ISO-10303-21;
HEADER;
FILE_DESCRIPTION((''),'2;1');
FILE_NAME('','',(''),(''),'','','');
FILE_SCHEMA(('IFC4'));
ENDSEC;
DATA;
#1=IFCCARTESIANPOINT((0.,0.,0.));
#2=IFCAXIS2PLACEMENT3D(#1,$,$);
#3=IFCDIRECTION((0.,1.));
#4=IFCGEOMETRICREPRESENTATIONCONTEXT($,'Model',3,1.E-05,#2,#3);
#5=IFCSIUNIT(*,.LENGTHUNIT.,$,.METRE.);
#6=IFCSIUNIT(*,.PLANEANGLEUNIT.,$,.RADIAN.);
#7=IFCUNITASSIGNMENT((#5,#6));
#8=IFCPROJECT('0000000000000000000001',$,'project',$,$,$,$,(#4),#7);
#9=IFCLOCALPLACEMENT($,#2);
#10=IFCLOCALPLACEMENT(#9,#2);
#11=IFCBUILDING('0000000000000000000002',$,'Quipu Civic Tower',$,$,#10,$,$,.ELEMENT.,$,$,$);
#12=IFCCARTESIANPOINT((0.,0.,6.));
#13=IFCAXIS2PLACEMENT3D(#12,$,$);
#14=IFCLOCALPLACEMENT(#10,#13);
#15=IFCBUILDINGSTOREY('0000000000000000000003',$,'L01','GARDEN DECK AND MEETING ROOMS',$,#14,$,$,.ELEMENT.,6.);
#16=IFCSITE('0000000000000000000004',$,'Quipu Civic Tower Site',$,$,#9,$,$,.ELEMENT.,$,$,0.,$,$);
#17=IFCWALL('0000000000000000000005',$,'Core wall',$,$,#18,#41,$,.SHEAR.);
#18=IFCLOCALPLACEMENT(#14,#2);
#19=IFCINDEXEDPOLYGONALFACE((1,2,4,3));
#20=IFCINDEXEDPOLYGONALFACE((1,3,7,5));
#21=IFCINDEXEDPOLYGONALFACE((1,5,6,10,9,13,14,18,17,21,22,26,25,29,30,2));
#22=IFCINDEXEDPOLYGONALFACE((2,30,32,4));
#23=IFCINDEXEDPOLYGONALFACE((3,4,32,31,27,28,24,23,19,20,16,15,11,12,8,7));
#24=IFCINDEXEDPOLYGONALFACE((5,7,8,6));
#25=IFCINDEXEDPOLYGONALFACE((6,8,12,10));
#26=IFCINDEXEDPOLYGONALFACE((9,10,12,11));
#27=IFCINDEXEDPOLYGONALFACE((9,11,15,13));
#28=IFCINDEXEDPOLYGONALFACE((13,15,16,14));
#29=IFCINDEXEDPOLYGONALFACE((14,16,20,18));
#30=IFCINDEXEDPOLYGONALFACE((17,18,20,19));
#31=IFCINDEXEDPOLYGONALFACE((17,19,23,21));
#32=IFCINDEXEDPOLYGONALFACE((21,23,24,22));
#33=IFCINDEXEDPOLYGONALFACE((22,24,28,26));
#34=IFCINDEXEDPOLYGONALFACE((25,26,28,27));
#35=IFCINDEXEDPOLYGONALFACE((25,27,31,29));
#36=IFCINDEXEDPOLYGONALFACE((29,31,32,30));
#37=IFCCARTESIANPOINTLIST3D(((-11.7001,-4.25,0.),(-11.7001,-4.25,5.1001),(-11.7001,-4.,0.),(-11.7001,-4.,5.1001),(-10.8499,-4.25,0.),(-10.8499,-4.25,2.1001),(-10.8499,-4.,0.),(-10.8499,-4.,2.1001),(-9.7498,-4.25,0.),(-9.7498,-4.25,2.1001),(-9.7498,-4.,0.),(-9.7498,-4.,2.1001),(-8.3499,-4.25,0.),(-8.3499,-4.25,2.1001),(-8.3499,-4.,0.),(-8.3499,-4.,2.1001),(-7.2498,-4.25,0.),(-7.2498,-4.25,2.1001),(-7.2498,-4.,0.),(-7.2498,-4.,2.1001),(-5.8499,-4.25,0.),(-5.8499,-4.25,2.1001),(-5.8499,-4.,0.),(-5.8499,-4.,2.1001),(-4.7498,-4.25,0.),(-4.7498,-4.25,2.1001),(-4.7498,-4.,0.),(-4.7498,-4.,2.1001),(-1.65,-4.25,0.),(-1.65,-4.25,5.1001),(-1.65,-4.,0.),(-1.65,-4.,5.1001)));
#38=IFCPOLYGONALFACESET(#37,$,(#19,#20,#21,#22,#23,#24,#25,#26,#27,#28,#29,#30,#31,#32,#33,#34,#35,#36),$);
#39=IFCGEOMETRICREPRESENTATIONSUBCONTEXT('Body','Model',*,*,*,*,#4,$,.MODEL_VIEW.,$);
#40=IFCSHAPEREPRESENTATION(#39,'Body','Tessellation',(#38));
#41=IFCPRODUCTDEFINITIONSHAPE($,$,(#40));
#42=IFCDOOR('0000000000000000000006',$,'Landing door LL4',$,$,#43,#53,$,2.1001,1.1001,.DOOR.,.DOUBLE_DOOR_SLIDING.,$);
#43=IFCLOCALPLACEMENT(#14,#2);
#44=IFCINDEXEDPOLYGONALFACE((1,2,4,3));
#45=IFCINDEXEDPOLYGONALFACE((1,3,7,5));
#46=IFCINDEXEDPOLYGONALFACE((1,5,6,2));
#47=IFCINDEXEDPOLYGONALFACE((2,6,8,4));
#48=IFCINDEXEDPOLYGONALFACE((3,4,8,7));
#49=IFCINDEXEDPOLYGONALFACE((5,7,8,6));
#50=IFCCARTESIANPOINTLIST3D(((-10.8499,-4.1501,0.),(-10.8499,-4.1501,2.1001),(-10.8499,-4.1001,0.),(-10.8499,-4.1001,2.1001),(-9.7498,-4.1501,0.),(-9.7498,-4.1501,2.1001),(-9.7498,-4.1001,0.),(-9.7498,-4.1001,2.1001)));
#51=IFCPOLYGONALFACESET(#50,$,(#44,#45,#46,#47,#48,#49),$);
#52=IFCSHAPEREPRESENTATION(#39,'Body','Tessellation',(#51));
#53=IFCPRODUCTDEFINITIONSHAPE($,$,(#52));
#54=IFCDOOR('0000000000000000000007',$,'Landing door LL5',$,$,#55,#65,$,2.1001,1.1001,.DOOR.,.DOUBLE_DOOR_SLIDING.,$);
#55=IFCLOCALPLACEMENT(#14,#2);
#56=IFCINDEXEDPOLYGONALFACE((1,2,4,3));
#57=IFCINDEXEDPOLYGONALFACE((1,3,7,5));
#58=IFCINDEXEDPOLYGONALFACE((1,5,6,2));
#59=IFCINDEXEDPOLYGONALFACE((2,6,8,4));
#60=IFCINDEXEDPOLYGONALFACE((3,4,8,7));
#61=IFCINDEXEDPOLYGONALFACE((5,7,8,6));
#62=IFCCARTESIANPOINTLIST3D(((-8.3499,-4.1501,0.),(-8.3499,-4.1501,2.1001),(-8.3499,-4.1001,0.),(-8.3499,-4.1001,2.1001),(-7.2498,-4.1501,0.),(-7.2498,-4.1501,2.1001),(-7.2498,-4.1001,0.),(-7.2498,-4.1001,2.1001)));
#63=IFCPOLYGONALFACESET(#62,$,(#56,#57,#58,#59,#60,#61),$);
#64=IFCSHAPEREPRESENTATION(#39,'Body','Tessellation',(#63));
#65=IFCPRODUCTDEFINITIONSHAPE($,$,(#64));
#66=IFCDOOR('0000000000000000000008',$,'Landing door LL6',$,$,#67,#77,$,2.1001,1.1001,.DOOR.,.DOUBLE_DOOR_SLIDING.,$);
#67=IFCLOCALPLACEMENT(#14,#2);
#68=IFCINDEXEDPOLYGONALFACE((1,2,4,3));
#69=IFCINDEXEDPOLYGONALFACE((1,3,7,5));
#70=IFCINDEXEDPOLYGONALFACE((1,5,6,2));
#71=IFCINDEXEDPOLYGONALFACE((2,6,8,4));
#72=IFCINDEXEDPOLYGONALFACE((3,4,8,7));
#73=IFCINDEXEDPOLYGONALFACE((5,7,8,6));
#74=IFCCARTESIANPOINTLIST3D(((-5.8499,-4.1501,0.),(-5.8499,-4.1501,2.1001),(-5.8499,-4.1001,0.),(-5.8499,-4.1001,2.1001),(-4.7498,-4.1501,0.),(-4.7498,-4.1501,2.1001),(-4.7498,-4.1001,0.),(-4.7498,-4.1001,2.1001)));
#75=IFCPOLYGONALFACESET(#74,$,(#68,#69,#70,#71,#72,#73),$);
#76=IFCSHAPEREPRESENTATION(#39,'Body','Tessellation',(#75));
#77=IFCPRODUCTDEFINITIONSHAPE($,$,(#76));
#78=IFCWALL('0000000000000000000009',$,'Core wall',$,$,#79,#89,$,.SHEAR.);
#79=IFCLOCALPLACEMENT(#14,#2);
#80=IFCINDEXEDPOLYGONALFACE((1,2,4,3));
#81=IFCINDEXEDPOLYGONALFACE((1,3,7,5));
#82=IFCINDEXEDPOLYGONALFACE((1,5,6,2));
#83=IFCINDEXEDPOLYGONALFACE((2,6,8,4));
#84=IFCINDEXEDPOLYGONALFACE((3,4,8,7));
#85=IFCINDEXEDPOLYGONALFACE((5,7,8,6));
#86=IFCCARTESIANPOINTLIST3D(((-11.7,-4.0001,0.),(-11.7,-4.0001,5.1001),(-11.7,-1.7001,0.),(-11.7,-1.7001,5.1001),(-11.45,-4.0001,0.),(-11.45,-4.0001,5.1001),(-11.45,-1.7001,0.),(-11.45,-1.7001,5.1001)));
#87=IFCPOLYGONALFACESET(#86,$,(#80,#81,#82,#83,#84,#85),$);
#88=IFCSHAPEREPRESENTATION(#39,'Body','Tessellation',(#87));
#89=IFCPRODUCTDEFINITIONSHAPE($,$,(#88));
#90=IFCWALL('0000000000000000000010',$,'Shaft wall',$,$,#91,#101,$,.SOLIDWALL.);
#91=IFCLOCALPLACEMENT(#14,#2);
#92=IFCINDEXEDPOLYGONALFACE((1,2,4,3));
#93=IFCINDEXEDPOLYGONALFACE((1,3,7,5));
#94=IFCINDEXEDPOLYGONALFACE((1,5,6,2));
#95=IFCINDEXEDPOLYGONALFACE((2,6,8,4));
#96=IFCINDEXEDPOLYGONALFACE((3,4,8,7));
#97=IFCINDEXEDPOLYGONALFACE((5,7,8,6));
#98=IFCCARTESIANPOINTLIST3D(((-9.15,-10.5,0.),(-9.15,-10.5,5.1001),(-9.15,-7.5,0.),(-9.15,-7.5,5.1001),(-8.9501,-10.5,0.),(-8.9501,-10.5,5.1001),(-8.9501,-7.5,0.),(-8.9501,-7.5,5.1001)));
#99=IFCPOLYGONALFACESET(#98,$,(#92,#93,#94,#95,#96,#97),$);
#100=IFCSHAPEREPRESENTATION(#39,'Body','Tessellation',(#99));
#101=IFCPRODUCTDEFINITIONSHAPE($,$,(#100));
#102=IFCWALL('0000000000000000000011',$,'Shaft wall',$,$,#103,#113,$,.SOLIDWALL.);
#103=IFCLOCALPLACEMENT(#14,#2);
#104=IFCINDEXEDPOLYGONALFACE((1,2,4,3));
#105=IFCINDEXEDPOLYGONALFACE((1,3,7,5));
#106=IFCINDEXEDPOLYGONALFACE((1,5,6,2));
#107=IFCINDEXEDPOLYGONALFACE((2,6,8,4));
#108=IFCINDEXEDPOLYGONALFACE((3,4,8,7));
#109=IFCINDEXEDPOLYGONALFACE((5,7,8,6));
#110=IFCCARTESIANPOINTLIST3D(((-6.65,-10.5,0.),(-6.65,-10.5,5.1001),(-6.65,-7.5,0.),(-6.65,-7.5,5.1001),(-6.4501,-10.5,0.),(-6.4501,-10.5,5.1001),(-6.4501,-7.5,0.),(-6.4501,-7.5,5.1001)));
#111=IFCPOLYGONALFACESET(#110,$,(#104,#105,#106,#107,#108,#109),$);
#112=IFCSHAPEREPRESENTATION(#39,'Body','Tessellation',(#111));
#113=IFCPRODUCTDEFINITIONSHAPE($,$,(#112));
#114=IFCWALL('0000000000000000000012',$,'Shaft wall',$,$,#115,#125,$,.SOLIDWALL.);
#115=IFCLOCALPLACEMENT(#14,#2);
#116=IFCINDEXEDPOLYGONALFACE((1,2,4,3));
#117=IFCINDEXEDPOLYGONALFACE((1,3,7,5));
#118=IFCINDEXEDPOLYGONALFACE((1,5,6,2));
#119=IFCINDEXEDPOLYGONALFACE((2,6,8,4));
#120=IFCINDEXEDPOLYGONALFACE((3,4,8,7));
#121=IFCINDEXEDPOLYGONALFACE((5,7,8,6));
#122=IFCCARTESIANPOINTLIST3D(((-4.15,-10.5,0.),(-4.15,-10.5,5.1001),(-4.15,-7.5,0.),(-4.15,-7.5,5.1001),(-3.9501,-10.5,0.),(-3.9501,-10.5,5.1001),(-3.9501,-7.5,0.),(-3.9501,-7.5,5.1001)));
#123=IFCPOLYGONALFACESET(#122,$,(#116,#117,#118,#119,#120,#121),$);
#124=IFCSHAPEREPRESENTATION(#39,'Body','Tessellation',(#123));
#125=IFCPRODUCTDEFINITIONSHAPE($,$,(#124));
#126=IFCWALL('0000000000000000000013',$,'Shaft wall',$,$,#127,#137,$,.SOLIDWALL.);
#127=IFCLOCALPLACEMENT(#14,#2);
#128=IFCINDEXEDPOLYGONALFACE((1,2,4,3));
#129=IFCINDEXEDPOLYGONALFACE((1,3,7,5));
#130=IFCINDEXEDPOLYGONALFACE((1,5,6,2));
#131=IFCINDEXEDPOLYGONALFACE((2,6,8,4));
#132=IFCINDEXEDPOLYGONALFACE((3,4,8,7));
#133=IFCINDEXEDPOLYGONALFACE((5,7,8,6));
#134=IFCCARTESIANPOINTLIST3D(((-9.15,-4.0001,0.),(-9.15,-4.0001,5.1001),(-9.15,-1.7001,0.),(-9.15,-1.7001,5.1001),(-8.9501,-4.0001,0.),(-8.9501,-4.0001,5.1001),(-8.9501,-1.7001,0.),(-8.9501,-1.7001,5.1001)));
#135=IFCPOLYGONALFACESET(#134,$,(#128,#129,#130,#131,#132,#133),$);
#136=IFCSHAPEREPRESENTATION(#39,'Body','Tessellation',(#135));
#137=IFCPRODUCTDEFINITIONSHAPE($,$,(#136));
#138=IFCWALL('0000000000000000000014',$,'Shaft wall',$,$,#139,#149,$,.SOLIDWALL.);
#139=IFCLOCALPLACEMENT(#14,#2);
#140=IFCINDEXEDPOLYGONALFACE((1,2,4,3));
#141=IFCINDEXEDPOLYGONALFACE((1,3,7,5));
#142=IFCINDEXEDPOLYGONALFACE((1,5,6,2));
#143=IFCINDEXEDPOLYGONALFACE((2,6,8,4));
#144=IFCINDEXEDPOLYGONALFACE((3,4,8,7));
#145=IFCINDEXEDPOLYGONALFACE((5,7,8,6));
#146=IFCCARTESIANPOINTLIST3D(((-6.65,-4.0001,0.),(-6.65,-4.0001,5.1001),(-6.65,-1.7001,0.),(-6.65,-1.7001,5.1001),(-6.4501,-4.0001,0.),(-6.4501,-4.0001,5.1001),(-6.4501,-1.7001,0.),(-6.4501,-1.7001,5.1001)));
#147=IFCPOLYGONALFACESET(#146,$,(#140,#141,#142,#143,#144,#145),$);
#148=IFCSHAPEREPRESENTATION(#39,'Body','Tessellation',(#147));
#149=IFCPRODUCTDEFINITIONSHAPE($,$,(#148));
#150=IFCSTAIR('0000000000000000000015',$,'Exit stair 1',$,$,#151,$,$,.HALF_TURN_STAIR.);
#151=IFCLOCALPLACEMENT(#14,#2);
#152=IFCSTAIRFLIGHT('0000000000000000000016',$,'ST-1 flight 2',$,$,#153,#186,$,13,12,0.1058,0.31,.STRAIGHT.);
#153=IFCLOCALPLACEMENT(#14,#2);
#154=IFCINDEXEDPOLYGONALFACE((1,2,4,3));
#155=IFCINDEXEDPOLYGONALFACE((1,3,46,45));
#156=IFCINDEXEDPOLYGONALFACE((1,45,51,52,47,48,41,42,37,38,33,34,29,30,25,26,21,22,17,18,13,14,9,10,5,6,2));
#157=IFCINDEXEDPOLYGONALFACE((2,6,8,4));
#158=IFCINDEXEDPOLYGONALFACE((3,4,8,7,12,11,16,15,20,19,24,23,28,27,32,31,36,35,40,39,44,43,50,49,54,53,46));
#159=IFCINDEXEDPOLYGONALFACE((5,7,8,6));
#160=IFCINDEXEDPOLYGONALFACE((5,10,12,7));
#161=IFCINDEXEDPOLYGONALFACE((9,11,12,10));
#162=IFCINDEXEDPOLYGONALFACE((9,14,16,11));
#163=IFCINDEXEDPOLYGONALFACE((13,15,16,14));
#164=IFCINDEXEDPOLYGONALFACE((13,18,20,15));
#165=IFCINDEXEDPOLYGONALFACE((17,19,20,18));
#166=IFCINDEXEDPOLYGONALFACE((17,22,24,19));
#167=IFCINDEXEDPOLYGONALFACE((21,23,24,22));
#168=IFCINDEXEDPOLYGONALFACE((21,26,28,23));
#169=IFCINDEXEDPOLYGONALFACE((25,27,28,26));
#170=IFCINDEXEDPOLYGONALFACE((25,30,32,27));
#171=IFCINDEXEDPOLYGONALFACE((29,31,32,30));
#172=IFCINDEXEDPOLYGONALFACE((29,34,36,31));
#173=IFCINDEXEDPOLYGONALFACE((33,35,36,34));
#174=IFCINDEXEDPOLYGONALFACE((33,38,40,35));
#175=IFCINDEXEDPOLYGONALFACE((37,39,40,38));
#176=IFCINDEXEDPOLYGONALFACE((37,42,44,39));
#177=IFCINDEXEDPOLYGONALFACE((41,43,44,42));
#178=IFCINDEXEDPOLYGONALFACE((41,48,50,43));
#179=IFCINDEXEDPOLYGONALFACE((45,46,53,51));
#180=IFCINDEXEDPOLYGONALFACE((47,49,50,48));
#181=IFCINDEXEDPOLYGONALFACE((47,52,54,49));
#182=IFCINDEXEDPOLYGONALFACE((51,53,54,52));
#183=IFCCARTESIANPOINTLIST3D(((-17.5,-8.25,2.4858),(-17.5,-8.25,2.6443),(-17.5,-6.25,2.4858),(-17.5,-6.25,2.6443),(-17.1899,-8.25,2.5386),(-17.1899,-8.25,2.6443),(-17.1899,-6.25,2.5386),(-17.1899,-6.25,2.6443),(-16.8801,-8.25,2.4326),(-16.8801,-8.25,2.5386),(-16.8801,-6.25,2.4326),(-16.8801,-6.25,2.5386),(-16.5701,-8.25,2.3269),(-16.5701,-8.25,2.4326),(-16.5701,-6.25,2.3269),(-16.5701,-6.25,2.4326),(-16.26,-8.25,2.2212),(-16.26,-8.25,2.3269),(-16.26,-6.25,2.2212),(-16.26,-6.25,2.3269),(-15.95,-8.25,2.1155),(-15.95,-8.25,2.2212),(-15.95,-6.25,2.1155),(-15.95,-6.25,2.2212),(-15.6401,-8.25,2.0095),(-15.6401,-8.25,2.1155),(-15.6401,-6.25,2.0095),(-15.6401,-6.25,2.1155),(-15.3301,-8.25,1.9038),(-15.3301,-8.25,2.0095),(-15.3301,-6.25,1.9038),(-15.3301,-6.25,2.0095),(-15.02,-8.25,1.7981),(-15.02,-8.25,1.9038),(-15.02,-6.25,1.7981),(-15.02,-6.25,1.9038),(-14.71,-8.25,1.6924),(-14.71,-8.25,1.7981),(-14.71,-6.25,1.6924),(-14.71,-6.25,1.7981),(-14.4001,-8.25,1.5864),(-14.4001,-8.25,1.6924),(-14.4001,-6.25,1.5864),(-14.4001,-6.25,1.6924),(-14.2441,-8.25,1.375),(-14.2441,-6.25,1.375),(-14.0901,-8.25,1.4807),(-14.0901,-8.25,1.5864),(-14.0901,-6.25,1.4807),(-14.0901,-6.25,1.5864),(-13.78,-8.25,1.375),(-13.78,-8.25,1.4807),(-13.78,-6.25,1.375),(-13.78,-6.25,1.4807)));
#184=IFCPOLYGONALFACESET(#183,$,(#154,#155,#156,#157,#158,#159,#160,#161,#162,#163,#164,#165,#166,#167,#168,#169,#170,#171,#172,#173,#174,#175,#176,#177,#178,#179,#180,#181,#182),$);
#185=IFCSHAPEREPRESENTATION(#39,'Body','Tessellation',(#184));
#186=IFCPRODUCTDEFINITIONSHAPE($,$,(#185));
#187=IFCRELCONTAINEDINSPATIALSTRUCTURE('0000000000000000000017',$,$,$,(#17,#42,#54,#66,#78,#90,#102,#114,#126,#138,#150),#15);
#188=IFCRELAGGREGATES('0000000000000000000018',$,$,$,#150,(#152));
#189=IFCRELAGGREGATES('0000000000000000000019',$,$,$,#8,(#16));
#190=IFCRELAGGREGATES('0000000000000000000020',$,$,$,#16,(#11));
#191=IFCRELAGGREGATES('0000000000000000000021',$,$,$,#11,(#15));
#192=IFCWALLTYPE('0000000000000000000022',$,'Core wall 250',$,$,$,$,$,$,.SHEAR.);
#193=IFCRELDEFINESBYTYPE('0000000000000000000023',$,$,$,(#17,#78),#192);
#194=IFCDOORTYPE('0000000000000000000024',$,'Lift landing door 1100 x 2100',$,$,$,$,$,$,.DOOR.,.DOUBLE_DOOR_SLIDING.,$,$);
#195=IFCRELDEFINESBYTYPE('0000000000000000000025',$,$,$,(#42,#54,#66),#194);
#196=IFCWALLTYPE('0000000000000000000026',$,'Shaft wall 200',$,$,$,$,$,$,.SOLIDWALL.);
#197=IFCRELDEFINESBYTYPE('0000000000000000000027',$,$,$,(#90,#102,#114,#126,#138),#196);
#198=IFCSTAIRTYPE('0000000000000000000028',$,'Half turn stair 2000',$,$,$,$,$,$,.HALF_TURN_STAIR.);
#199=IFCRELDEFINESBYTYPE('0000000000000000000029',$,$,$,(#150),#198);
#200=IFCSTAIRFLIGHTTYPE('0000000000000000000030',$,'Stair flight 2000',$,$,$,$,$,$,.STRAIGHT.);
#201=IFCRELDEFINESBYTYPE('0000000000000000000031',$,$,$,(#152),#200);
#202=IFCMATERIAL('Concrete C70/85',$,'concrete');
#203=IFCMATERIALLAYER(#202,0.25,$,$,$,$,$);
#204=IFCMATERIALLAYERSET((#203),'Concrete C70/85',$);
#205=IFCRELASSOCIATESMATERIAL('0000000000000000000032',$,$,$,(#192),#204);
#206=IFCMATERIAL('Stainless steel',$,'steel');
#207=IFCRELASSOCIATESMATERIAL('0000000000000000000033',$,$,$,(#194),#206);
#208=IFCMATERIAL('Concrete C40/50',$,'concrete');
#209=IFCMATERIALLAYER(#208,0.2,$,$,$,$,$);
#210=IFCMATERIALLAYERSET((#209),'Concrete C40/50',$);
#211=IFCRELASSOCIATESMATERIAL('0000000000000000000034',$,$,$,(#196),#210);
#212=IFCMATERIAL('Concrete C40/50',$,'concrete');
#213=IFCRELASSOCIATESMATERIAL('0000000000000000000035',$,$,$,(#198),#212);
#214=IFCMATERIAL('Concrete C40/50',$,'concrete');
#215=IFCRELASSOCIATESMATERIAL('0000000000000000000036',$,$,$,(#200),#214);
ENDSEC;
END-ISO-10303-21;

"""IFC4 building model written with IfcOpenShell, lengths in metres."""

from ifc_helpers import new_model, si_unit, direction, frame, frame_2d, origin, place, context, subcontext, project, spatial, polyline, rectangle, outline, extrude, material, layer, layer_set, type_object, element, fill, aggregate, save


model = new_model("IFC4")

# Units and contexts
model_context = context("Model", 3, precision=1e-05, world=origin(), true_north=direction((0.0, 1.0)))
body_context = subcontext(model_context, "Body", "Model", "MODEL_VIEW")
ifc_project = project(units=[si_unit("LENGTHUNIT", "METRE"), si_unit("PLANEANGLEUNIT", "RADIAN")], contexts=[model_context])

# Site, building, storey
site_placement = place(None, origin())
site = spatial("IfcSite", under=ifc_project, at=site_placement, Name="Quipu Civic Tower Site", CompositionType="ELEMENT", RefElevation=0.0)
building_placement = place(site_placement, origin())
building = spatial("IfcBuilding", under=site, at=building_placement, Name="Quipu Civic Tower", CompositionType="ELEMENT")
storey_placement = place(building_placement, frame((0.0, 0.0, 6.0)))
storey = spatial("IfcBuildingStorey", under=building, at=storey_placement, Name="L01", Description="GARDEN DECK AND MEETING ROOMS", CompositionType="ELEMENT", Elevation=6.0)

# Shared definitions
ifc_material_1 = material(Name="Concrete C70/85", Category="concrete")
ifc_layer_1 = layer(ifc_material_1, 0.25)
ifc_layer_set_1 = layer_set([ifc_layer_1], Name="Concrete C70/85")
wall_type_1 = type_object("IfcWallType", Name="Core wall 250", PredefinedType="SHEAR", material=ifc_layer_set_1)

# Wall, openings, doors
wall_1_placement = place(storey_placement, frame((-11.7, -4.125, 0.0), z_axis=(0.0, 0.0, 1.0), x_axis=(1.0, 0.0, 0.0)))
wall_1 = element("IfcWall", 1, at=wall_1_placement, inside=storey, type_object=wall_type_1, Name="Core wall", PredefinedType="SHEAR", context=body_context, shape_type="SweptSolid", body=[
    extrude(rectangle(XDim=10.05, YDim=0.25, at=frame_2d((5.0249, 0.0))), origin(), (0.0, 0.0, 1.0), 5.1001),
])
opening_1_placement = place(wall_1_placement, frame((0.8501, 0.0, 0.0)))
opening_1 = element("IfcOpeningElement", 2, at=opening_1_placement, cuts=wall_1, PredefinedType="OPENING", context=body_context, shape_type="SweptSolid", body=[
    extrude(rectangle(XDim=1.1001, YDim=2.1001, at=frame_2d((0.55, 1.05))), frame((0.0, 0.135, 0.0), z_axis=(0.0, -1.0, 0.0), x_axis=(1.0, 0.0, 0.0)), (0.0, 0.0, 1.0), 0.27),
])
opening_2_placement = place(wall_1_placement, frame((3.3501, 0.0, 0.0)))
opening_2 = element("IfcOpeningElement", 3, at=opening_2_placement, cuts=wall_1, PredefinedType="OPENING", context=body_context, shape_type="SweptSolid", body=[
    extrude(rectangle(XDim=1.1001, YDim=2.1001, at=frame_2d((0.55, 1.05))), frame((0.0, 0.135, 0.0), z_axis=(0.0, -1.0, 0.0), x_axis=(1.0, 0.0, 0.0)), (0.0, 0.0, 1.0), 0.27),
])
opening_3_placement = place(wall_1_placement, frame((5.8501, 0.0, 0.0)))
opening_3 = element("IfcOpeningElement", 4, at=opening_3_placement, cuts=wall_1, PredefinedType="OPENING", context=body_context, shape_type="SweptSolid", body=[
    extrude(rectangle(XDim=1.1001, YDim=2.1001, at=frame_2d((0.55, 1.05))), frame((0.0, 0.135, 0.0), z_axis=(0.0, -1.0, 0.0), x_axis=(1.0, 0.0, 0.0)), (0.0, 0.0, 1.0), 0.27),
])
ifc_material_2 = material(Name="Stainless steel", Category="steel")
door_type_1 = type_object("IfcDoorType", Name="Lift landing door 1100 x 2100", OperationType="DOUBLE_DOOR_SLIDING", PredefinedType="DOOR", material=ifc_material_2)
door_1_placement = place(opening_1_placement, origin())
door_1 = element("IfcDoor", 5, at=door_1_placement, inside=storey, type_object=door_type_1, Name="Landing door LL4", OperationType="DOUBLE_DOOR_SLIDING", OverallHeight=2.1001, OverallWidth=1.1001, PredefinedType="DOOR", context=body_context, shape_type="SweptSolid", body=[
    extrude(rectangle(XDim=1.1001, YDim=2.1001, at=frame_2d((0.55, 1.05))), frame((0.0, 0.0249, 0.0), z_axis=(0.0, -1.0, 0.0), x_axis=(1.0, 0.0, 0.0)), (0.0, 0.0, 1.0), 0.05),
])
fill(opening_1, door_1)
door_2_placement = place(opening_2_placement, origin())
door_2 = element("IfcDoor", 6, at=door_2_placement, inside=storey, type_object=door_type_1, Name="Landing door LL5", OperationType="DOUBLE_DOOR_SLIDING", OverallHeight=2.1001, OverallWidth=1.1001, PredefinedType="DOOR", context=body_context, shape_type="SweptSolid", body=[
    extrude(rectangle(XDim=1.1001, YDim=2.1001, at=frame_2d((0.55, 1.05))), frame((0.0, 0.0249, 0.0), z_axis=(0.0, -1.0, 0.0), x_axis=(1.0, 0.0, 0.0)), (0.0, 0.0, 1.0), 0.05),
])
fill(opening_2, door_2)
door_3_placement = place(opening_3_placement, origin())
door_3 = element("IfcDoor", 7, at=door_3_placement, inside=storey, type_object=door_type_1, Name="Landing door LL6", OperationType="DOUBLE_DOOR_SLIDING", OverallHeight=2.1001, OverallWidth=1.1001, PredefinedType="DOOR", context=body_context, shape_type="SweptSolid", body=[
    extrude(rectangle(XDim=1.1001, YDim=2.1001, at=frame_2d((0.55, 1.05))), frame((0.0, 0.0249, 0.0), z_axis=(0.0, -1.0, 0.0), x_axis=(1.0, 0.0, 0.0)), (0.0, 0.0, 1.0), 0.05),
])
fill(opening_3, door_3)

# Walls
wall_2_placement = place(storey_placement, frame((-11.575, -4.0, 0.0), z_axis=(0.0, 0.0, 1.0), x_axis=(0.0, 1.0, 0.0)))
element("IfcWall", 8, at=wall_2_placement, inside=storey, type_object=wall_type_1, Name="Core wall", PredefinedType="SHEAR", context=body_context, shape_type="SweptSolid", body=[
    extrude(rectangle(XDim=2.3, YDim=0.25, at=frame_2d((1.1499, 0.0))), origin(), (0.0, 0.0, 1.0), 5.1001),
])
ifc_material_3 = material(Name="Concrete C40/50", Category="concrete")
ifc_layer_2 = layer(ifc_material_3, 0.2)
ifc_layer_set_2 = layer_set([ifc_layer_2], Name="Concrete C40/50")
wall_type_2 = type_object("IfcWallType", Name="Shaft wall 200", PredefinedType="SOLIDWALL", material=ifc_layer_set_2)
for number, where, z_axis, x_axis, name in (
    (9, (-9.05, -10.5, 0.0), (0.0, 0.0, 1.0), (0.0, 1.0, 0.0), "Shaft wall"),
    (10, (-6.55, -10.5, 0.0), (0.0, 0.0, 1.0), (0.0, 1.0, 0.0), "Shaft wall"),
    (11, (-4.05, -10.5, 0.0), (0.0, 0.0, 1.0), (0.0, 1.0, 0.0), "Shaft wall"),
):
    element("IfcWall", number, at=place(storey_placement, frame(where, z_axis=z_axis, x_axis=x_axis)), inside=storey, type_object=wall_type_2, Name=name, PredefinedType="SOLIDWALL", context=body_context, shape_type="SweptSolid", body=[
        extrude(rectangle(XDim=3.0, YDim=0.2, at=frame_2d((1.5, 0.0))), origin(), (0.0, 0.0, 1.0), 5.1001),
    ])
for number, where, z_axis, x_axis, name in (
    (12, (-9.05, -4.0, 0.0), (0.0, 0.0, 1.0), (0.0, 1.0, 0.0), "Shaft wall"),
    (13, (-6.55, -4.0, 0.0), (0.0, 0.0, 1.0), (0.0, 1.0, 0.0), "Shaft wall"),
):
    element("IfcWall", number, at=place(storey_placement, frame(where, z_axis=z_axis, x_axis=x_axis)), inside=storey, type_object=wall_type_2, Name=name, PredefinedType="SOLIDWALL", context=body_context, shape_type="SweptSolid", body=[
        extrude(rectangle(XDim=2.3, YDim=0.2, at=frame_2d((1.1499, 0.0))), origin(), (0.0, 0.0, 1.0), 5.1001),
    ])

# Stair, stair flight
ifc_material_4 = material(Name="Concrete C40/50", Category="concrete")
stair_type = type_object("IfcStairType", Name="Half turn stair 2000", PredefinedType="HALF_TURN_STAIR", material=ifc_material_4)
stair_placement = place(storey_placement, origin())
stair = element("IfcStair", 14, at=stair_placement, inside=storey, type_object=stair_type, Name="Exit stair 1", PredefinedType="HALF_TURN_STAIR")
ifc_material_5 = material(Name="Concrete C40/50", Category="concrete")
stair_flight_type = type_object("IfcStairFlightType", Name="Stair flight 2000", PredefinedType="STRAIGHT", material=ifc_material_5)
stair_flight_1_placement = place(storey_placement, frame((-13.78, -7.25, 1.375), z_axis=(0.0, 0.0, 1.0), x_axis=(-1.0, 0.0, 0.0)))
stair_flight_1 = element("IfcStairFlight", 15, at=stair_flight_1_placement, type_object=stair_flight_type, Name="ST-1 flight 2", NumberOfRisers=13, NumberOfTreads=12, PredefinedType="STRAIGHT", RiserHeight=0.1058, TreadLength=0.31, context=body_context, shape_type="SweptSolid", body=[
    extrude(outline(polyline([(0.0, 0.0), (0.0, 0.1057), (0.3101, 0.1057), (0.3101, 0.2114), (0.6201, 0.2114), (0.6201, 0.3174), (0.9299, 0.3174), (0.9299, 0.4231), (1.24, 0.4231), (1.24, 0.5288), (1.55, 0.5288), (1.55, 0.6345), (1.8601, 0.6345), (1.8601, 0.7405), (2.1699, 0.7405), (2.1699, 0.8462), (2.48, 0.8462), (2.48, 0.9519), (2.79, 0.9519), (2.79, 1.0576), (3.1001, 1.0576), (3.1001, 1.1636), (3.4099, 1.1636), (3.4099, 1.2693), (3.72, 1.2693), (3.72, 1.375), (3.72, 1.1108), (0.4641, 0.0), (0.0, 0.0)])), frame((0.0, 1.0, 0.0), z_axis=(0.0, -1.0, 0.0), x_axis=(1.0, 0.0, 0.0)), (0.0, 0.0, 1.0), 2.0),
])
aggregate(stair, [stair_flight_1])

save(model, "model.ifc")
